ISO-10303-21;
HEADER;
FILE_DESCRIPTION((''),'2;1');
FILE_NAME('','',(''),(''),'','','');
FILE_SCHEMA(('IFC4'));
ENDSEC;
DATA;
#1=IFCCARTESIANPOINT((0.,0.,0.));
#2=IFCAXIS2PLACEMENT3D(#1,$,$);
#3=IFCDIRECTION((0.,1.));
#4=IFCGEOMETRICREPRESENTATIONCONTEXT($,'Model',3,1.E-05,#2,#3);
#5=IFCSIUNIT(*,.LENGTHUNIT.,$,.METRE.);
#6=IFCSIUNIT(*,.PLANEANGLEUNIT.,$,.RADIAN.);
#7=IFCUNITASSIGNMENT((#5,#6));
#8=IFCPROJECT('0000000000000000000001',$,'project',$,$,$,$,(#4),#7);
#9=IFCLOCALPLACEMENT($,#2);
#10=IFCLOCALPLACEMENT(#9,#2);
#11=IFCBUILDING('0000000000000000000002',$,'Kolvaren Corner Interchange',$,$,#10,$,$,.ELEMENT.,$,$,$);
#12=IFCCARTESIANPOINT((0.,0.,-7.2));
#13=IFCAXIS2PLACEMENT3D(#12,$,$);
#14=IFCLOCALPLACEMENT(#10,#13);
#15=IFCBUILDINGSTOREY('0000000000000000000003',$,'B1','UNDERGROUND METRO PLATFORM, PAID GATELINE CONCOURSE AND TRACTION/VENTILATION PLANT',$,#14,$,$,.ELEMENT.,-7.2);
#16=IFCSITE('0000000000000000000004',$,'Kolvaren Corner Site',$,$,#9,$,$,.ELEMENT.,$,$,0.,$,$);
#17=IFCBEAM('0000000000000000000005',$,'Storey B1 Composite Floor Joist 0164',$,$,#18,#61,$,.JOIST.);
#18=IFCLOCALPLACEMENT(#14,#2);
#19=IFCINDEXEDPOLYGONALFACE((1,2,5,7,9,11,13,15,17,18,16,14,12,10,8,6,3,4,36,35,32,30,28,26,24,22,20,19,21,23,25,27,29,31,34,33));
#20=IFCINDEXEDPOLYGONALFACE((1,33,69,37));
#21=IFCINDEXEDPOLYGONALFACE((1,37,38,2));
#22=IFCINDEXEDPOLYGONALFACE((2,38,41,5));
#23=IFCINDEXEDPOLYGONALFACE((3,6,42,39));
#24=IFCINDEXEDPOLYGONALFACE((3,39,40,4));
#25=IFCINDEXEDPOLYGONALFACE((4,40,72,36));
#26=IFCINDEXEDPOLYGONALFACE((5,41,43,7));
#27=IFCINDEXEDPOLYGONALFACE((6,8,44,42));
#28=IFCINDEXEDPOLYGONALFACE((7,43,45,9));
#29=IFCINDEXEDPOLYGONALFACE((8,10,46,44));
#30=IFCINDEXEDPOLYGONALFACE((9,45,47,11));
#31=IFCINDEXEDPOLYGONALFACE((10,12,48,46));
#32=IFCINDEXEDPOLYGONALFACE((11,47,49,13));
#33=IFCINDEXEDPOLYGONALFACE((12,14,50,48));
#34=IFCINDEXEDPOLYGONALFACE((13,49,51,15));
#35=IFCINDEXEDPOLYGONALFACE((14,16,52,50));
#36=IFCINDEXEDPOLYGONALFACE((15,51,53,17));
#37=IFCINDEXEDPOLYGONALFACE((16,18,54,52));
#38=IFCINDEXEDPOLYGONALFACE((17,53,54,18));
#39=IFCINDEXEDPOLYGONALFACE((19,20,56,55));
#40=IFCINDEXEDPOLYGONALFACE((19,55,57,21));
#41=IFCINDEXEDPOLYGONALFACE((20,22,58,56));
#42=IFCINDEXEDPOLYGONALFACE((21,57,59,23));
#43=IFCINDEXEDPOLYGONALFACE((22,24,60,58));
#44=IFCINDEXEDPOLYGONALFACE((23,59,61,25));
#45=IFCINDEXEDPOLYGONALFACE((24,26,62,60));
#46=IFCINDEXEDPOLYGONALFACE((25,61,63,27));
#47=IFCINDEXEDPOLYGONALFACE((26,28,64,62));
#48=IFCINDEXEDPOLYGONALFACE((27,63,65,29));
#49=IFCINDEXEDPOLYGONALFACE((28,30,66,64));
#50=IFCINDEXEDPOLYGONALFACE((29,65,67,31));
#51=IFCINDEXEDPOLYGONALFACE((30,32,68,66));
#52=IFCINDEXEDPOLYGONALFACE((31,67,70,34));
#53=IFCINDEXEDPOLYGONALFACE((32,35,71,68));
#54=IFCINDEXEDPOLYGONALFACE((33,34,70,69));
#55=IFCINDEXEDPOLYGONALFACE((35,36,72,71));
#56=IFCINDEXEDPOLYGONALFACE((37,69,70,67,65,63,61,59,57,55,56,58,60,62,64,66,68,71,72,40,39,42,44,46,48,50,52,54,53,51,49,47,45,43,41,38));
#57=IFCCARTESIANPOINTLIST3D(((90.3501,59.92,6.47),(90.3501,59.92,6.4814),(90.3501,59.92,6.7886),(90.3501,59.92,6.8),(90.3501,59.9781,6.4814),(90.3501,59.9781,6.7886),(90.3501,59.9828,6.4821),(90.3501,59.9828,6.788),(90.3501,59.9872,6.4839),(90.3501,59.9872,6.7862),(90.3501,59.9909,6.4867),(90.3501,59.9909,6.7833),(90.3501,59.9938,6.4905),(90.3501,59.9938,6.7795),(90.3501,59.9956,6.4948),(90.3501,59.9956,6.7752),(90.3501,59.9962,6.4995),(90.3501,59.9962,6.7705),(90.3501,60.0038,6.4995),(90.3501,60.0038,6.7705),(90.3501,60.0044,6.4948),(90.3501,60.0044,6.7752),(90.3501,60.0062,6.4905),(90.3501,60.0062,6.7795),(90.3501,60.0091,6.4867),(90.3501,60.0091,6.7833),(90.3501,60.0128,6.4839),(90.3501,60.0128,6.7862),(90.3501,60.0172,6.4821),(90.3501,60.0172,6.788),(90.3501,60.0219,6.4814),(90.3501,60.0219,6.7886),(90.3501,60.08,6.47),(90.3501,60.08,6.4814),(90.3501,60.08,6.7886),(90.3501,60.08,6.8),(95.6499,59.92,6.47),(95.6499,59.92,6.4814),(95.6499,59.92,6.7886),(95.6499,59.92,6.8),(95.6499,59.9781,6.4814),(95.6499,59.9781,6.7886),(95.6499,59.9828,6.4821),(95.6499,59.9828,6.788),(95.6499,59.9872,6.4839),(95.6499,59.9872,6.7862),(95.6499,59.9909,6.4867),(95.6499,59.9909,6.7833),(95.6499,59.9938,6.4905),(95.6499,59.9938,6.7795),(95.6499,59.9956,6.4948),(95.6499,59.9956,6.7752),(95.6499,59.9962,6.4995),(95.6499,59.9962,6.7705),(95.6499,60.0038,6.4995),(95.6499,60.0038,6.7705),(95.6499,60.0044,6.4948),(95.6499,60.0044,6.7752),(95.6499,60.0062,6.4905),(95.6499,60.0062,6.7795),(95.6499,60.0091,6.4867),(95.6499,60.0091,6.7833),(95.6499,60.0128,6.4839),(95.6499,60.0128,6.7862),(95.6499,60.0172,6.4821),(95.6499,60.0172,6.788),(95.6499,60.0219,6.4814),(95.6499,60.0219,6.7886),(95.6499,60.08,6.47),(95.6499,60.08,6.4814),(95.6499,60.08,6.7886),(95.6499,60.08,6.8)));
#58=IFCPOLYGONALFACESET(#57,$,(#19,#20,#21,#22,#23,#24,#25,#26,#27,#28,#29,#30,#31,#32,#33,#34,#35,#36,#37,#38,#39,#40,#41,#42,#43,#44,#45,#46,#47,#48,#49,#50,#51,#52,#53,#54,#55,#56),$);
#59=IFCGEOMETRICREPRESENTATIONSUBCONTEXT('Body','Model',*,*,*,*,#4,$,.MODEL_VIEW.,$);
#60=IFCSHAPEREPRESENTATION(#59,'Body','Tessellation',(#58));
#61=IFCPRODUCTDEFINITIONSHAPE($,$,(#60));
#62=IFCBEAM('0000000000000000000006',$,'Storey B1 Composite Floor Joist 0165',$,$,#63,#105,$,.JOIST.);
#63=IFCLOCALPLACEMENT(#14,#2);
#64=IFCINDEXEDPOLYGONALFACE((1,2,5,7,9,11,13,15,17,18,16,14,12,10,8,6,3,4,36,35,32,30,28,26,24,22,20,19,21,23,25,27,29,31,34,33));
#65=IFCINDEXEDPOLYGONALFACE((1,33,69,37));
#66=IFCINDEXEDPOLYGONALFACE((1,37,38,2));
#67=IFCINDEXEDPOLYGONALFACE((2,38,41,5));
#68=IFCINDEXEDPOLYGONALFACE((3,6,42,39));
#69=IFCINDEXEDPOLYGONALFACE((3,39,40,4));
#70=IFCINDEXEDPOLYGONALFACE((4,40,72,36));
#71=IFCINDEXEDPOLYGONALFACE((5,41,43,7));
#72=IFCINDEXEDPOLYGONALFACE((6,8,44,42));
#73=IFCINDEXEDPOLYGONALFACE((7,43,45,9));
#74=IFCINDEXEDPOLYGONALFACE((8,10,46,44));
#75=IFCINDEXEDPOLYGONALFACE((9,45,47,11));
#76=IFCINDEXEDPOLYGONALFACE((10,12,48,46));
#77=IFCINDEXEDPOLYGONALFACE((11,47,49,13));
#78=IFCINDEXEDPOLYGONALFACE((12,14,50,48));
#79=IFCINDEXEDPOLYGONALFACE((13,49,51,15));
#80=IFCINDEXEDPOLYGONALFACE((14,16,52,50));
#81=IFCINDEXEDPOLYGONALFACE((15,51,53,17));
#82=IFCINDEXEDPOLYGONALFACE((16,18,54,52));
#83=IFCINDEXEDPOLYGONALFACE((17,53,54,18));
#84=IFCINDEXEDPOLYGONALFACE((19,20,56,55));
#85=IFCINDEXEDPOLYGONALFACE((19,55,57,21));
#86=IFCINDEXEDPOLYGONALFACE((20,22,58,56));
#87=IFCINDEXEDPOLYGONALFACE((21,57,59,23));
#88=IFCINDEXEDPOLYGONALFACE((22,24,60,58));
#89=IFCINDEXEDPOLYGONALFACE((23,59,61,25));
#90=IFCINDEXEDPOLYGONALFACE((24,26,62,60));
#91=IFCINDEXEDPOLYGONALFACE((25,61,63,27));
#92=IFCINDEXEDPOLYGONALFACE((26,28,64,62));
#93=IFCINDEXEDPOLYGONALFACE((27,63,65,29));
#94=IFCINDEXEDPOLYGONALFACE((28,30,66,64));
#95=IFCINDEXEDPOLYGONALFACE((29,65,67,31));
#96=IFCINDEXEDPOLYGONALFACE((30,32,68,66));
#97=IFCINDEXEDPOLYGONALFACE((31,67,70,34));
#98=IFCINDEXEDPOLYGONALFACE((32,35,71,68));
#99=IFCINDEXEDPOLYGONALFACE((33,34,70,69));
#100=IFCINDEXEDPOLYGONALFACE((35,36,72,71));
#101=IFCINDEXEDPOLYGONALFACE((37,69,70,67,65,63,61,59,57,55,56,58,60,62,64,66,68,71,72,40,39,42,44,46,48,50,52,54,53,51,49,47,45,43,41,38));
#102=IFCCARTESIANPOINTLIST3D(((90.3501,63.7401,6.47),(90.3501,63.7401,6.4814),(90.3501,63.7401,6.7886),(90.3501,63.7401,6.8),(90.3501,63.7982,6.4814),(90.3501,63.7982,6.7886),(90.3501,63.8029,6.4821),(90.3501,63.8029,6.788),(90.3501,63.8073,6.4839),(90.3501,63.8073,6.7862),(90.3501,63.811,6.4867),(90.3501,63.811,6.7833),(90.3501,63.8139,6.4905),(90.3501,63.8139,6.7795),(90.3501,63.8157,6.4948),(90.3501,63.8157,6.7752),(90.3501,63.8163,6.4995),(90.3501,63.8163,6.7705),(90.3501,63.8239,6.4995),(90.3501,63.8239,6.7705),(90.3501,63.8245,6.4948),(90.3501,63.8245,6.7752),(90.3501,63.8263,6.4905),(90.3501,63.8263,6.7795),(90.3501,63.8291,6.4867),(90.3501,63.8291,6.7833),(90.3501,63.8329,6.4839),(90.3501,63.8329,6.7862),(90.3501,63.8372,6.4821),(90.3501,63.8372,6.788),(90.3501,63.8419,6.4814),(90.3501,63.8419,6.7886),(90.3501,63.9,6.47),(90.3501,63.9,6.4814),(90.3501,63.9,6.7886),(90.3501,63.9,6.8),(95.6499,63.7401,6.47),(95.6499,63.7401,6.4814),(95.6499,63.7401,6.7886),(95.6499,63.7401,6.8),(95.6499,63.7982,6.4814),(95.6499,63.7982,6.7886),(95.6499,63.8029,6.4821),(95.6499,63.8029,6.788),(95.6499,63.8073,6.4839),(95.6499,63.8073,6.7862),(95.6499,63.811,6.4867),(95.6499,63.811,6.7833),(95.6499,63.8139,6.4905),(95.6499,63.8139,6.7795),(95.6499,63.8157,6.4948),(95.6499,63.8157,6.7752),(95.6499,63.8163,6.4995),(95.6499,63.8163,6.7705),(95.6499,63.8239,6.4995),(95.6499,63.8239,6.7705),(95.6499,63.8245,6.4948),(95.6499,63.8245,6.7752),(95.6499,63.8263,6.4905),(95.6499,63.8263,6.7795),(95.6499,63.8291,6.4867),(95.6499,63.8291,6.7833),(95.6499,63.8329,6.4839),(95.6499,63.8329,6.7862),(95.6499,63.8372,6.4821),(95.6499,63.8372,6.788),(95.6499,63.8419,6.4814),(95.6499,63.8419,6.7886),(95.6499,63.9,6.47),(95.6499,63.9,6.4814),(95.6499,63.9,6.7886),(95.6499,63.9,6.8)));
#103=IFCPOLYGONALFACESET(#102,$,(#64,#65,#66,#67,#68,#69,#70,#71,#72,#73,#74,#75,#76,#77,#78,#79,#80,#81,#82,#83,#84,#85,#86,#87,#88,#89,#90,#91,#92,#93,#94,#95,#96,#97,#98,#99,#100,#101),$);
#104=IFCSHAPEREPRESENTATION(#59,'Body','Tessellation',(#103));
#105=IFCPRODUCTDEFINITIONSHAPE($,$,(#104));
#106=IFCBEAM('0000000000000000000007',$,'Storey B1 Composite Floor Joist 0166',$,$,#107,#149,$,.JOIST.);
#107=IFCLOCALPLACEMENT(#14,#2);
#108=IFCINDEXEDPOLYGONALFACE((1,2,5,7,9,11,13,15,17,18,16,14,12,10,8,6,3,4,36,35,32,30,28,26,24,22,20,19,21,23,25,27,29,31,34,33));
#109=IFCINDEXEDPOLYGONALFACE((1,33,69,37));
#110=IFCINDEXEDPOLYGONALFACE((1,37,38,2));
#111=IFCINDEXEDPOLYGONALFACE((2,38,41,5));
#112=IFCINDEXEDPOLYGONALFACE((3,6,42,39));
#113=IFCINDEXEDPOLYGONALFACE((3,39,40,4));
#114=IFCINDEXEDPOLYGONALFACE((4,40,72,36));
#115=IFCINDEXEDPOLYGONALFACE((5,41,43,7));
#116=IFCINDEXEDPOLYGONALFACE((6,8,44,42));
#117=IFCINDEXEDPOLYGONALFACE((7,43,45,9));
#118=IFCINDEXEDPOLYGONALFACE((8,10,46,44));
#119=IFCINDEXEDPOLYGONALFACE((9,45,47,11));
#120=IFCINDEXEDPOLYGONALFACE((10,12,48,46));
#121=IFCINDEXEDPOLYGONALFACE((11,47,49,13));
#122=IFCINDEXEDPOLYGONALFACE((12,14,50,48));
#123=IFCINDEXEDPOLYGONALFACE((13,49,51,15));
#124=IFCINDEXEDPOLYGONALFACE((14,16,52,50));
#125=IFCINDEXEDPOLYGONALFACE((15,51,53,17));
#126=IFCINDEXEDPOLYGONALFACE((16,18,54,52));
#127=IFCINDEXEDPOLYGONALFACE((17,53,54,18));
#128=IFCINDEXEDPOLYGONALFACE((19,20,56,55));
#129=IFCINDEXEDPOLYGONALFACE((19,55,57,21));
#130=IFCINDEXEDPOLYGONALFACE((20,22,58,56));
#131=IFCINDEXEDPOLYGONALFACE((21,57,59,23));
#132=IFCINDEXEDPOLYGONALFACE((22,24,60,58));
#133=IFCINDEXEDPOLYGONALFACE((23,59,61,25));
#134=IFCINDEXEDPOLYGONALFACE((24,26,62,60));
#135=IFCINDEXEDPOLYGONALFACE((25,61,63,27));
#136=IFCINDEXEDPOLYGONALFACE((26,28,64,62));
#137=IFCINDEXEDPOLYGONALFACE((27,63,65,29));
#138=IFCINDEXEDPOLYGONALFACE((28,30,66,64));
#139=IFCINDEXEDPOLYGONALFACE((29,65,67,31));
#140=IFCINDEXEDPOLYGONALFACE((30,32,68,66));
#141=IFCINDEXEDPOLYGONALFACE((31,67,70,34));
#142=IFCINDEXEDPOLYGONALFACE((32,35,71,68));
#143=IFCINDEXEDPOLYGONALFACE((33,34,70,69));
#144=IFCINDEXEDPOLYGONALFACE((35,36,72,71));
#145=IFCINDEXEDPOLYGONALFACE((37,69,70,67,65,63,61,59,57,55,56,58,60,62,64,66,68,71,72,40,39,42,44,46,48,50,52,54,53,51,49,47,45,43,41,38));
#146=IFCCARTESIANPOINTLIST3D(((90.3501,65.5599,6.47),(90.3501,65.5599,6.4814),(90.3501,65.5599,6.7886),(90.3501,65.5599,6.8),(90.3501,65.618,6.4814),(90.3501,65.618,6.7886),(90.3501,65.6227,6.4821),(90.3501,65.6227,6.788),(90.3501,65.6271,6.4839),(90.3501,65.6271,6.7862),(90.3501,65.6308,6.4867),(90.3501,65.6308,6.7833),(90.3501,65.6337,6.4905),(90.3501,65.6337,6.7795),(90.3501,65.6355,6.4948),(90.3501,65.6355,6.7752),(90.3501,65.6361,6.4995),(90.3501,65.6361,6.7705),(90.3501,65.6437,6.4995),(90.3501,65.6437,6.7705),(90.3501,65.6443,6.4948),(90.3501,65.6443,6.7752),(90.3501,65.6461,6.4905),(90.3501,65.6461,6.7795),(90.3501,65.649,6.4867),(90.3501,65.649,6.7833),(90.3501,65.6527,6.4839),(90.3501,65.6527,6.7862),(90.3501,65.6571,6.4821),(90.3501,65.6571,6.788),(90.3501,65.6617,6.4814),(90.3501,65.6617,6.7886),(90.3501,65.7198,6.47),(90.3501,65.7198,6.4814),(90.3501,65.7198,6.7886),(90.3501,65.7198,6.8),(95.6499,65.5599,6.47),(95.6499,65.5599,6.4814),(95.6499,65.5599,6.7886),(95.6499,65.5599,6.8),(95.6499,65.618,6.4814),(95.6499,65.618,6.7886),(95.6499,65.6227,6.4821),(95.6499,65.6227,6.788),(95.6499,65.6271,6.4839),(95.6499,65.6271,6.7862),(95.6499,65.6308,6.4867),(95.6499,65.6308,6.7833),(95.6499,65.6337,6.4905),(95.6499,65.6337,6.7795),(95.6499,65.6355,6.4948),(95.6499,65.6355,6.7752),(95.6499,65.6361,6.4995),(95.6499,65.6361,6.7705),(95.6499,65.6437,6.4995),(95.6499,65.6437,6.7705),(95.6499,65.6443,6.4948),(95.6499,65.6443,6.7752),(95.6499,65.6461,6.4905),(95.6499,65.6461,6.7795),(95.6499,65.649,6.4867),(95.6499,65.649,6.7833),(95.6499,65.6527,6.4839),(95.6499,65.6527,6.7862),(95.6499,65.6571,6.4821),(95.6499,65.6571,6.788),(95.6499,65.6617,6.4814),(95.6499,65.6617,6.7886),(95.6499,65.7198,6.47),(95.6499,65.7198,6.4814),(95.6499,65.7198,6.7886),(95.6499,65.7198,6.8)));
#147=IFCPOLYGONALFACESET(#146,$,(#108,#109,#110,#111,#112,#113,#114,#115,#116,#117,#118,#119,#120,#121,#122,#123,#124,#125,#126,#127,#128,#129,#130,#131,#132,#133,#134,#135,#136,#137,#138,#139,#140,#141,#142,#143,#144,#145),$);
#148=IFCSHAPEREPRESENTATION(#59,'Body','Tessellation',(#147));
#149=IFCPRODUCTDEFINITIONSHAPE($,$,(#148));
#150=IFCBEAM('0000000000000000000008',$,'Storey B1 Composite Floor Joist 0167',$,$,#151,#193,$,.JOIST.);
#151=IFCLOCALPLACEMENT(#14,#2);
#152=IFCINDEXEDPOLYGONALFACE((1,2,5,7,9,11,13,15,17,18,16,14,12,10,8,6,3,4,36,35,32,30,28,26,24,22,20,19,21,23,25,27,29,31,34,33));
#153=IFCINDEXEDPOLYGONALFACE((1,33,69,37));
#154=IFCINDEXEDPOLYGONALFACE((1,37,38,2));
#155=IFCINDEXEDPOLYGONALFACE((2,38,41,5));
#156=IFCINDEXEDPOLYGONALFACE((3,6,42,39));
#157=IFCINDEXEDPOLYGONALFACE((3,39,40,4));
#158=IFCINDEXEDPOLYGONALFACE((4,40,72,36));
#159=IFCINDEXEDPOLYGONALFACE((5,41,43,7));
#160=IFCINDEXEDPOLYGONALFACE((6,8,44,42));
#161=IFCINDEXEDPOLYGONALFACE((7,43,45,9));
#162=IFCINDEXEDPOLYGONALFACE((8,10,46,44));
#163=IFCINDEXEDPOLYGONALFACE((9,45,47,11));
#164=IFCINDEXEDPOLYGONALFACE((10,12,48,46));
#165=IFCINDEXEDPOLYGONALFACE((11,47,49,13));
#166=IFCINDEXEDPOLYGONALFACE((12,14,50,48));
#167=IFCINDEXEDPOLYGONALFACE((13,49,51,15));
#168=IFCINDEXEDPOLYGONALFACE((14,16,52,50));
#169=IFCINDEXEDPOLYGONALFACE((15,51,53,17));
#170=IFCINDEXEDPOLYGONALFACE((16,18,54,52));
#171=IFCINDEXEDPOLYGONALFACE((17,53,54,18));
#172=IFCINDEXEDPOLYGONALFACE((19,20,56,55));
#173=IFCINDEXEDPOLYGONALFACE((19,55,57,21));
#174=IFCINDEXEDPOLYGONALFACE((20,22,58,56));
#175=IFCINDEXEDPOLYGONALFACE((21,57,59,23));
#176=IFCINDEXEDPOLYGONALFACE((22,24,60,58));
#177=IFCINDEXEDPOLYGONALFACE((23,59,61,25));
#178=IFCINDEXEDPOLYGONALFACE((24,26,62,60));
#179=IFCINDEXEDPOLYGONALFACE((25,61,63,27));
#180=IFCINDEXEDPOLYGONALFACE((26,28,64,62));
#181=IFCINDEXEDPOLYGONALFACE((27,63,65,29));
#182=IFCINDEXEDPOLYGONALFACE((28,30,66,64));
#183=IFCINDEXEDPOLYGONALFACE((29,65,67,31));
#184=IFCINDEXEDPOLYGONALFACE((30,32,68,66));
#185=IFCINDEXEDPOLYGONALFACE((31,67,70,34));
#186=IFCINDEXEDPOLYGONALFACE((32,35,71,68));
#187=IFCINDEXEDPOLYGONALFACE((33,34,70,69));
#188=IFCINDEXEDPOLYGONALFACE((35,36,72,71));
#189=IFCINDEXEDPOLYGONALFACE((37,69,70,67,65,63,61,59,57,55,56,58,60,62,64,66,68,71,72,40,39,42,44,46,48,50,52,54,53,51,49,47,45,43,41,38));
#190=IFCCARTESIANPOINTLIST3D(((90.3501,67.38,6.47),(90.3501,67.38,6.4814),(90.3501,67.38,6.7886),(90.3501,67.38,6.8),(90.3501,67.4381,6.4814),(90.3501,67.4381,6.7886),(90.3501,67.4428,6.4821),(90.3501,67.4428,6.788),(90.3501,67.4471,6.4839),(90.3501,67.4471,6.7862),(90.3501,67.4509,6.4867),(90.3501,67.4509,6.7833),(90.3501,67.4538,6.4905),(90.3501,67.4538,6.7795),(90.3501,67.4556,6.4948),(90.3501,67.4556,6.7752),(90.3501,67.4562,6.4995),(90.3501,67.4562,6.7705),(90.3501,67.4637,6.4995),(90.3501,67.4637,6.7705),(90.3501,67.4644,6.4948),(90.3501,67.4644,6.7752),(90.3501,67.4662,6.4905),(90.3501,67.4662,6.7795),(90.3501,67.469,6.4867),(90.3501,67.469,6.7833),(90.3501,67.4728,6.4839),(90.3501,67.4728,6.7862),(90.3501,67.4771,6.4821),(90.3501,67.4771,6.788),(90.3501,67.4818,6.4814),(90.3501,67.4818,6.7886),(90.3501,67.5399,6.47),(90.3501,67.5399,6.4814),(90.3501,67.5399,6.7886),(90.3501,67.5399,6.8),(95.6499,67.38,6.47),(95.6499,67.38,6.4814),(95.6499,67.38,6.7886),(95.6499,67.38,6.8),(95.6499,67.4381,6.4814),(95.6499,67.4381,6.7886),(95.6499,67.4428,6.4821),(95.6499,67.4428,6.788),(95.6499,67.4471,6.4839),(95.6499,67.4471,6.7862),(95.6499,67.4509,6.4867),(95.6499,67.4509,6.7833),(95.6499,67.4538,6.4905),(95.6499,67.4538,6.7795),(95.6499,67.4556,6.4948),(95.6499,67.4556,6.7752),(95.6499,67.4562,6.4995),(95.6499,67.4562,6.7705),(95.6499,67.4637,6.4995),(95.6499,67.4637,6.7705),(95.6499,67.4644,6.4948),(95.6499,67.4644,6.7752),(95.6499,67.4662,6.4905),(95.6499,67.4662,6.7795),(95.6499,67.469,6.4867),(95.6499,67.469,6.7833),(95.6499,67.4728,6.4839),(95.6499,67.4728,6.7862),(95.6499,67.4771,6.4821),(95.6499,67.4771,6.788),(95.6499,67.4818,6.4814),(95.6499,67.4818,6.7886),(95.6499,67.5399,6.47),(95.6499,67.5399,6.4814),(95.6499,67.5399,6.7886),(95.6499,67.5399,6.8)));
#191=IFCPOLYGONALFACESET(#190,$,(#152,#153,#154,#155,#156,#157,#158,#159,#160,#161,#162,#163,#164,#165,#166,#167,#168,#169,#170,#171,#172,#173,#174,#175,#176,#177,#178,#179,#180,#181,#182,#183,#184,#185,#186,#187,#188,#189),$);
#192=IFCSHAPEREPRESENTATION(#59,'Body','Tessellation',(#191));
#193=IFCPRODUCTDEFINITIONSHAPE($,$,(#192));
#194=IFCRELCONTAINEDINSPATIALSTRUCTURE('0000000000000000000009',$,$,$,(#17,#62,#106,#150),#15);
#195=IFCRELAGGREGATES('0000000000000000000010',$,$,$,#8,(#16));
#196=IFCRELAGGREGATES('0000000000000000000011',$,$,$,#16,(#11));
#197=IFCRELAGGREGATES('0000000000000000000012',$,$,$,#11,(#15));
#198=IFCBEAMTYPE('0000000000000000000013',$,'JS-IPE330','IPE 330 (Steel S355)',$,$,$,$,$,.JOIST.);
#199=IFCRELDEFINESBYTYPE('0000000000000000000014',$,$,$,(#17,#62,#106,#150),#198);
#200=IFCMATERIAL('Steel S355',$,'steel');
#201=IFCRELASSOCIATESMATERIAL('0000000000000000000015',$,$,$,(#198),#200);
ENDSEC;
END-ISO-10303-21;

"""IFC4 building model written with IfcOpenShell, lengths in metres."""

from ifc_helpers import new_model, si_unit, direction, frame, origin, origin_2d, place, context, subcontext, project, spatial, i_section, extrude, material, material_profile, profile_set, type_object, element, save


model = new_model("IFC4")

# Units and contexts
model_context = context("Model", 3, precision=1e-05, world=origin(), true_north=direction((0.0, 1.0)))
body_context = subcontext(model_context, "Body", "Model", "MODEL_VIEW")
ifc_project = project(units=[si_unit("LENGTHUNIT", "METRE"), si_unit("PLANEANGLEUNIT", "RADIAN")], contexts=[model_context])

# Site, building, storey
site_placement = place(None, origin())
site = spatial("IfcSite", under=ifc_project, at=site_placement, Name="Kolvaren Corner Site", CompositionType="ELEMENT", RefElevation=0.0)
building_placement = place(site_placement, origin())
building = spatial("IfcBuilding", under=site, at=building_placement, Name="Kolvaren Corner Interchange", CompositionType="ELEMENT")
storey_placement = place(building_placement, frame((0.0, 0.0, -7.2)))
storey = spatial("IfcBuildingStorey", under=building, at=storey_placement, Name="B1", Description="UNDERGROUND METRO PLATFORM, PAID GATELINE CONCOURSE AND TRACTION/VENTILATION PLANT", CompositionType="ELEMENT", Elevation=-7.2)

# Beams
ifc_material_1 = material(Name="Steel S355", Category="steel")
ifc_material_profile_1 = material_profile(ifc_material_1, i_section(OverallWidth=0.1599, OverallDepth=0.3301, WebThickness=0.0076, FlangeThickness=0.0115, FilletRadius=0.0181, at=origin_2d()), Name="IPE 330")
ifc_profile_set_1 = profile_set([ifc_material_profile_1], Name="Steel S355")
beam_type_1 = type_object("IfcBeamType", Name="JS-IPE330", Description="IPE 330 (Steel S355)", PredefinedType="JOIST", material=ifc_profile_set_1)
for number, where, z_axis, x_axis, name in (
    (1, (90.3501, 60.0, 6.635), (1.0, 0.0, 0.0), (0.0, 1.0, 0.0), "Storey B1 Composite Floor Joist 0164"),
    (2, (90.3501, 63.8201, 6.635), (1.0, 0.0, 0.0), (0.0, 1.0, 0.0), "Storey B1 Composite Floor Joist 0165"),
    (3, (90.3501, 65.6399, 6.635), (1.0, 0.0, 0.0), (0.0, 1.0, 0.0), "Storey B1 Composite Floor Joist 0166"),
    (4, (90.3501, 67.46, 6.635), (1.0, 0.0, 0.0), (0.0, 1.0, 0.0), "Storey B1 Composite Floor Joist 0167"),
):
    element("IfcBeam", number, at=place(storey_placement, frame(where, z_axis=z_axis, x_axis=x_axis)), inside=storey, type_object=beam_type_1, Name=name, PredefinedType="JOIST", context=body_context, shape_type="SweptSolid", body=[
        extrude(i_section(OverallWidth=0.1599, OverallDepth=0.3301, WebThickness=0.0076, FlangeThickness=0.0115, FilletRadius=0.0181, at=origin_2d()), origin(), (0.0, 0.0, 1.0), 5.2998),
    ])

save(model, "model.ifc")
